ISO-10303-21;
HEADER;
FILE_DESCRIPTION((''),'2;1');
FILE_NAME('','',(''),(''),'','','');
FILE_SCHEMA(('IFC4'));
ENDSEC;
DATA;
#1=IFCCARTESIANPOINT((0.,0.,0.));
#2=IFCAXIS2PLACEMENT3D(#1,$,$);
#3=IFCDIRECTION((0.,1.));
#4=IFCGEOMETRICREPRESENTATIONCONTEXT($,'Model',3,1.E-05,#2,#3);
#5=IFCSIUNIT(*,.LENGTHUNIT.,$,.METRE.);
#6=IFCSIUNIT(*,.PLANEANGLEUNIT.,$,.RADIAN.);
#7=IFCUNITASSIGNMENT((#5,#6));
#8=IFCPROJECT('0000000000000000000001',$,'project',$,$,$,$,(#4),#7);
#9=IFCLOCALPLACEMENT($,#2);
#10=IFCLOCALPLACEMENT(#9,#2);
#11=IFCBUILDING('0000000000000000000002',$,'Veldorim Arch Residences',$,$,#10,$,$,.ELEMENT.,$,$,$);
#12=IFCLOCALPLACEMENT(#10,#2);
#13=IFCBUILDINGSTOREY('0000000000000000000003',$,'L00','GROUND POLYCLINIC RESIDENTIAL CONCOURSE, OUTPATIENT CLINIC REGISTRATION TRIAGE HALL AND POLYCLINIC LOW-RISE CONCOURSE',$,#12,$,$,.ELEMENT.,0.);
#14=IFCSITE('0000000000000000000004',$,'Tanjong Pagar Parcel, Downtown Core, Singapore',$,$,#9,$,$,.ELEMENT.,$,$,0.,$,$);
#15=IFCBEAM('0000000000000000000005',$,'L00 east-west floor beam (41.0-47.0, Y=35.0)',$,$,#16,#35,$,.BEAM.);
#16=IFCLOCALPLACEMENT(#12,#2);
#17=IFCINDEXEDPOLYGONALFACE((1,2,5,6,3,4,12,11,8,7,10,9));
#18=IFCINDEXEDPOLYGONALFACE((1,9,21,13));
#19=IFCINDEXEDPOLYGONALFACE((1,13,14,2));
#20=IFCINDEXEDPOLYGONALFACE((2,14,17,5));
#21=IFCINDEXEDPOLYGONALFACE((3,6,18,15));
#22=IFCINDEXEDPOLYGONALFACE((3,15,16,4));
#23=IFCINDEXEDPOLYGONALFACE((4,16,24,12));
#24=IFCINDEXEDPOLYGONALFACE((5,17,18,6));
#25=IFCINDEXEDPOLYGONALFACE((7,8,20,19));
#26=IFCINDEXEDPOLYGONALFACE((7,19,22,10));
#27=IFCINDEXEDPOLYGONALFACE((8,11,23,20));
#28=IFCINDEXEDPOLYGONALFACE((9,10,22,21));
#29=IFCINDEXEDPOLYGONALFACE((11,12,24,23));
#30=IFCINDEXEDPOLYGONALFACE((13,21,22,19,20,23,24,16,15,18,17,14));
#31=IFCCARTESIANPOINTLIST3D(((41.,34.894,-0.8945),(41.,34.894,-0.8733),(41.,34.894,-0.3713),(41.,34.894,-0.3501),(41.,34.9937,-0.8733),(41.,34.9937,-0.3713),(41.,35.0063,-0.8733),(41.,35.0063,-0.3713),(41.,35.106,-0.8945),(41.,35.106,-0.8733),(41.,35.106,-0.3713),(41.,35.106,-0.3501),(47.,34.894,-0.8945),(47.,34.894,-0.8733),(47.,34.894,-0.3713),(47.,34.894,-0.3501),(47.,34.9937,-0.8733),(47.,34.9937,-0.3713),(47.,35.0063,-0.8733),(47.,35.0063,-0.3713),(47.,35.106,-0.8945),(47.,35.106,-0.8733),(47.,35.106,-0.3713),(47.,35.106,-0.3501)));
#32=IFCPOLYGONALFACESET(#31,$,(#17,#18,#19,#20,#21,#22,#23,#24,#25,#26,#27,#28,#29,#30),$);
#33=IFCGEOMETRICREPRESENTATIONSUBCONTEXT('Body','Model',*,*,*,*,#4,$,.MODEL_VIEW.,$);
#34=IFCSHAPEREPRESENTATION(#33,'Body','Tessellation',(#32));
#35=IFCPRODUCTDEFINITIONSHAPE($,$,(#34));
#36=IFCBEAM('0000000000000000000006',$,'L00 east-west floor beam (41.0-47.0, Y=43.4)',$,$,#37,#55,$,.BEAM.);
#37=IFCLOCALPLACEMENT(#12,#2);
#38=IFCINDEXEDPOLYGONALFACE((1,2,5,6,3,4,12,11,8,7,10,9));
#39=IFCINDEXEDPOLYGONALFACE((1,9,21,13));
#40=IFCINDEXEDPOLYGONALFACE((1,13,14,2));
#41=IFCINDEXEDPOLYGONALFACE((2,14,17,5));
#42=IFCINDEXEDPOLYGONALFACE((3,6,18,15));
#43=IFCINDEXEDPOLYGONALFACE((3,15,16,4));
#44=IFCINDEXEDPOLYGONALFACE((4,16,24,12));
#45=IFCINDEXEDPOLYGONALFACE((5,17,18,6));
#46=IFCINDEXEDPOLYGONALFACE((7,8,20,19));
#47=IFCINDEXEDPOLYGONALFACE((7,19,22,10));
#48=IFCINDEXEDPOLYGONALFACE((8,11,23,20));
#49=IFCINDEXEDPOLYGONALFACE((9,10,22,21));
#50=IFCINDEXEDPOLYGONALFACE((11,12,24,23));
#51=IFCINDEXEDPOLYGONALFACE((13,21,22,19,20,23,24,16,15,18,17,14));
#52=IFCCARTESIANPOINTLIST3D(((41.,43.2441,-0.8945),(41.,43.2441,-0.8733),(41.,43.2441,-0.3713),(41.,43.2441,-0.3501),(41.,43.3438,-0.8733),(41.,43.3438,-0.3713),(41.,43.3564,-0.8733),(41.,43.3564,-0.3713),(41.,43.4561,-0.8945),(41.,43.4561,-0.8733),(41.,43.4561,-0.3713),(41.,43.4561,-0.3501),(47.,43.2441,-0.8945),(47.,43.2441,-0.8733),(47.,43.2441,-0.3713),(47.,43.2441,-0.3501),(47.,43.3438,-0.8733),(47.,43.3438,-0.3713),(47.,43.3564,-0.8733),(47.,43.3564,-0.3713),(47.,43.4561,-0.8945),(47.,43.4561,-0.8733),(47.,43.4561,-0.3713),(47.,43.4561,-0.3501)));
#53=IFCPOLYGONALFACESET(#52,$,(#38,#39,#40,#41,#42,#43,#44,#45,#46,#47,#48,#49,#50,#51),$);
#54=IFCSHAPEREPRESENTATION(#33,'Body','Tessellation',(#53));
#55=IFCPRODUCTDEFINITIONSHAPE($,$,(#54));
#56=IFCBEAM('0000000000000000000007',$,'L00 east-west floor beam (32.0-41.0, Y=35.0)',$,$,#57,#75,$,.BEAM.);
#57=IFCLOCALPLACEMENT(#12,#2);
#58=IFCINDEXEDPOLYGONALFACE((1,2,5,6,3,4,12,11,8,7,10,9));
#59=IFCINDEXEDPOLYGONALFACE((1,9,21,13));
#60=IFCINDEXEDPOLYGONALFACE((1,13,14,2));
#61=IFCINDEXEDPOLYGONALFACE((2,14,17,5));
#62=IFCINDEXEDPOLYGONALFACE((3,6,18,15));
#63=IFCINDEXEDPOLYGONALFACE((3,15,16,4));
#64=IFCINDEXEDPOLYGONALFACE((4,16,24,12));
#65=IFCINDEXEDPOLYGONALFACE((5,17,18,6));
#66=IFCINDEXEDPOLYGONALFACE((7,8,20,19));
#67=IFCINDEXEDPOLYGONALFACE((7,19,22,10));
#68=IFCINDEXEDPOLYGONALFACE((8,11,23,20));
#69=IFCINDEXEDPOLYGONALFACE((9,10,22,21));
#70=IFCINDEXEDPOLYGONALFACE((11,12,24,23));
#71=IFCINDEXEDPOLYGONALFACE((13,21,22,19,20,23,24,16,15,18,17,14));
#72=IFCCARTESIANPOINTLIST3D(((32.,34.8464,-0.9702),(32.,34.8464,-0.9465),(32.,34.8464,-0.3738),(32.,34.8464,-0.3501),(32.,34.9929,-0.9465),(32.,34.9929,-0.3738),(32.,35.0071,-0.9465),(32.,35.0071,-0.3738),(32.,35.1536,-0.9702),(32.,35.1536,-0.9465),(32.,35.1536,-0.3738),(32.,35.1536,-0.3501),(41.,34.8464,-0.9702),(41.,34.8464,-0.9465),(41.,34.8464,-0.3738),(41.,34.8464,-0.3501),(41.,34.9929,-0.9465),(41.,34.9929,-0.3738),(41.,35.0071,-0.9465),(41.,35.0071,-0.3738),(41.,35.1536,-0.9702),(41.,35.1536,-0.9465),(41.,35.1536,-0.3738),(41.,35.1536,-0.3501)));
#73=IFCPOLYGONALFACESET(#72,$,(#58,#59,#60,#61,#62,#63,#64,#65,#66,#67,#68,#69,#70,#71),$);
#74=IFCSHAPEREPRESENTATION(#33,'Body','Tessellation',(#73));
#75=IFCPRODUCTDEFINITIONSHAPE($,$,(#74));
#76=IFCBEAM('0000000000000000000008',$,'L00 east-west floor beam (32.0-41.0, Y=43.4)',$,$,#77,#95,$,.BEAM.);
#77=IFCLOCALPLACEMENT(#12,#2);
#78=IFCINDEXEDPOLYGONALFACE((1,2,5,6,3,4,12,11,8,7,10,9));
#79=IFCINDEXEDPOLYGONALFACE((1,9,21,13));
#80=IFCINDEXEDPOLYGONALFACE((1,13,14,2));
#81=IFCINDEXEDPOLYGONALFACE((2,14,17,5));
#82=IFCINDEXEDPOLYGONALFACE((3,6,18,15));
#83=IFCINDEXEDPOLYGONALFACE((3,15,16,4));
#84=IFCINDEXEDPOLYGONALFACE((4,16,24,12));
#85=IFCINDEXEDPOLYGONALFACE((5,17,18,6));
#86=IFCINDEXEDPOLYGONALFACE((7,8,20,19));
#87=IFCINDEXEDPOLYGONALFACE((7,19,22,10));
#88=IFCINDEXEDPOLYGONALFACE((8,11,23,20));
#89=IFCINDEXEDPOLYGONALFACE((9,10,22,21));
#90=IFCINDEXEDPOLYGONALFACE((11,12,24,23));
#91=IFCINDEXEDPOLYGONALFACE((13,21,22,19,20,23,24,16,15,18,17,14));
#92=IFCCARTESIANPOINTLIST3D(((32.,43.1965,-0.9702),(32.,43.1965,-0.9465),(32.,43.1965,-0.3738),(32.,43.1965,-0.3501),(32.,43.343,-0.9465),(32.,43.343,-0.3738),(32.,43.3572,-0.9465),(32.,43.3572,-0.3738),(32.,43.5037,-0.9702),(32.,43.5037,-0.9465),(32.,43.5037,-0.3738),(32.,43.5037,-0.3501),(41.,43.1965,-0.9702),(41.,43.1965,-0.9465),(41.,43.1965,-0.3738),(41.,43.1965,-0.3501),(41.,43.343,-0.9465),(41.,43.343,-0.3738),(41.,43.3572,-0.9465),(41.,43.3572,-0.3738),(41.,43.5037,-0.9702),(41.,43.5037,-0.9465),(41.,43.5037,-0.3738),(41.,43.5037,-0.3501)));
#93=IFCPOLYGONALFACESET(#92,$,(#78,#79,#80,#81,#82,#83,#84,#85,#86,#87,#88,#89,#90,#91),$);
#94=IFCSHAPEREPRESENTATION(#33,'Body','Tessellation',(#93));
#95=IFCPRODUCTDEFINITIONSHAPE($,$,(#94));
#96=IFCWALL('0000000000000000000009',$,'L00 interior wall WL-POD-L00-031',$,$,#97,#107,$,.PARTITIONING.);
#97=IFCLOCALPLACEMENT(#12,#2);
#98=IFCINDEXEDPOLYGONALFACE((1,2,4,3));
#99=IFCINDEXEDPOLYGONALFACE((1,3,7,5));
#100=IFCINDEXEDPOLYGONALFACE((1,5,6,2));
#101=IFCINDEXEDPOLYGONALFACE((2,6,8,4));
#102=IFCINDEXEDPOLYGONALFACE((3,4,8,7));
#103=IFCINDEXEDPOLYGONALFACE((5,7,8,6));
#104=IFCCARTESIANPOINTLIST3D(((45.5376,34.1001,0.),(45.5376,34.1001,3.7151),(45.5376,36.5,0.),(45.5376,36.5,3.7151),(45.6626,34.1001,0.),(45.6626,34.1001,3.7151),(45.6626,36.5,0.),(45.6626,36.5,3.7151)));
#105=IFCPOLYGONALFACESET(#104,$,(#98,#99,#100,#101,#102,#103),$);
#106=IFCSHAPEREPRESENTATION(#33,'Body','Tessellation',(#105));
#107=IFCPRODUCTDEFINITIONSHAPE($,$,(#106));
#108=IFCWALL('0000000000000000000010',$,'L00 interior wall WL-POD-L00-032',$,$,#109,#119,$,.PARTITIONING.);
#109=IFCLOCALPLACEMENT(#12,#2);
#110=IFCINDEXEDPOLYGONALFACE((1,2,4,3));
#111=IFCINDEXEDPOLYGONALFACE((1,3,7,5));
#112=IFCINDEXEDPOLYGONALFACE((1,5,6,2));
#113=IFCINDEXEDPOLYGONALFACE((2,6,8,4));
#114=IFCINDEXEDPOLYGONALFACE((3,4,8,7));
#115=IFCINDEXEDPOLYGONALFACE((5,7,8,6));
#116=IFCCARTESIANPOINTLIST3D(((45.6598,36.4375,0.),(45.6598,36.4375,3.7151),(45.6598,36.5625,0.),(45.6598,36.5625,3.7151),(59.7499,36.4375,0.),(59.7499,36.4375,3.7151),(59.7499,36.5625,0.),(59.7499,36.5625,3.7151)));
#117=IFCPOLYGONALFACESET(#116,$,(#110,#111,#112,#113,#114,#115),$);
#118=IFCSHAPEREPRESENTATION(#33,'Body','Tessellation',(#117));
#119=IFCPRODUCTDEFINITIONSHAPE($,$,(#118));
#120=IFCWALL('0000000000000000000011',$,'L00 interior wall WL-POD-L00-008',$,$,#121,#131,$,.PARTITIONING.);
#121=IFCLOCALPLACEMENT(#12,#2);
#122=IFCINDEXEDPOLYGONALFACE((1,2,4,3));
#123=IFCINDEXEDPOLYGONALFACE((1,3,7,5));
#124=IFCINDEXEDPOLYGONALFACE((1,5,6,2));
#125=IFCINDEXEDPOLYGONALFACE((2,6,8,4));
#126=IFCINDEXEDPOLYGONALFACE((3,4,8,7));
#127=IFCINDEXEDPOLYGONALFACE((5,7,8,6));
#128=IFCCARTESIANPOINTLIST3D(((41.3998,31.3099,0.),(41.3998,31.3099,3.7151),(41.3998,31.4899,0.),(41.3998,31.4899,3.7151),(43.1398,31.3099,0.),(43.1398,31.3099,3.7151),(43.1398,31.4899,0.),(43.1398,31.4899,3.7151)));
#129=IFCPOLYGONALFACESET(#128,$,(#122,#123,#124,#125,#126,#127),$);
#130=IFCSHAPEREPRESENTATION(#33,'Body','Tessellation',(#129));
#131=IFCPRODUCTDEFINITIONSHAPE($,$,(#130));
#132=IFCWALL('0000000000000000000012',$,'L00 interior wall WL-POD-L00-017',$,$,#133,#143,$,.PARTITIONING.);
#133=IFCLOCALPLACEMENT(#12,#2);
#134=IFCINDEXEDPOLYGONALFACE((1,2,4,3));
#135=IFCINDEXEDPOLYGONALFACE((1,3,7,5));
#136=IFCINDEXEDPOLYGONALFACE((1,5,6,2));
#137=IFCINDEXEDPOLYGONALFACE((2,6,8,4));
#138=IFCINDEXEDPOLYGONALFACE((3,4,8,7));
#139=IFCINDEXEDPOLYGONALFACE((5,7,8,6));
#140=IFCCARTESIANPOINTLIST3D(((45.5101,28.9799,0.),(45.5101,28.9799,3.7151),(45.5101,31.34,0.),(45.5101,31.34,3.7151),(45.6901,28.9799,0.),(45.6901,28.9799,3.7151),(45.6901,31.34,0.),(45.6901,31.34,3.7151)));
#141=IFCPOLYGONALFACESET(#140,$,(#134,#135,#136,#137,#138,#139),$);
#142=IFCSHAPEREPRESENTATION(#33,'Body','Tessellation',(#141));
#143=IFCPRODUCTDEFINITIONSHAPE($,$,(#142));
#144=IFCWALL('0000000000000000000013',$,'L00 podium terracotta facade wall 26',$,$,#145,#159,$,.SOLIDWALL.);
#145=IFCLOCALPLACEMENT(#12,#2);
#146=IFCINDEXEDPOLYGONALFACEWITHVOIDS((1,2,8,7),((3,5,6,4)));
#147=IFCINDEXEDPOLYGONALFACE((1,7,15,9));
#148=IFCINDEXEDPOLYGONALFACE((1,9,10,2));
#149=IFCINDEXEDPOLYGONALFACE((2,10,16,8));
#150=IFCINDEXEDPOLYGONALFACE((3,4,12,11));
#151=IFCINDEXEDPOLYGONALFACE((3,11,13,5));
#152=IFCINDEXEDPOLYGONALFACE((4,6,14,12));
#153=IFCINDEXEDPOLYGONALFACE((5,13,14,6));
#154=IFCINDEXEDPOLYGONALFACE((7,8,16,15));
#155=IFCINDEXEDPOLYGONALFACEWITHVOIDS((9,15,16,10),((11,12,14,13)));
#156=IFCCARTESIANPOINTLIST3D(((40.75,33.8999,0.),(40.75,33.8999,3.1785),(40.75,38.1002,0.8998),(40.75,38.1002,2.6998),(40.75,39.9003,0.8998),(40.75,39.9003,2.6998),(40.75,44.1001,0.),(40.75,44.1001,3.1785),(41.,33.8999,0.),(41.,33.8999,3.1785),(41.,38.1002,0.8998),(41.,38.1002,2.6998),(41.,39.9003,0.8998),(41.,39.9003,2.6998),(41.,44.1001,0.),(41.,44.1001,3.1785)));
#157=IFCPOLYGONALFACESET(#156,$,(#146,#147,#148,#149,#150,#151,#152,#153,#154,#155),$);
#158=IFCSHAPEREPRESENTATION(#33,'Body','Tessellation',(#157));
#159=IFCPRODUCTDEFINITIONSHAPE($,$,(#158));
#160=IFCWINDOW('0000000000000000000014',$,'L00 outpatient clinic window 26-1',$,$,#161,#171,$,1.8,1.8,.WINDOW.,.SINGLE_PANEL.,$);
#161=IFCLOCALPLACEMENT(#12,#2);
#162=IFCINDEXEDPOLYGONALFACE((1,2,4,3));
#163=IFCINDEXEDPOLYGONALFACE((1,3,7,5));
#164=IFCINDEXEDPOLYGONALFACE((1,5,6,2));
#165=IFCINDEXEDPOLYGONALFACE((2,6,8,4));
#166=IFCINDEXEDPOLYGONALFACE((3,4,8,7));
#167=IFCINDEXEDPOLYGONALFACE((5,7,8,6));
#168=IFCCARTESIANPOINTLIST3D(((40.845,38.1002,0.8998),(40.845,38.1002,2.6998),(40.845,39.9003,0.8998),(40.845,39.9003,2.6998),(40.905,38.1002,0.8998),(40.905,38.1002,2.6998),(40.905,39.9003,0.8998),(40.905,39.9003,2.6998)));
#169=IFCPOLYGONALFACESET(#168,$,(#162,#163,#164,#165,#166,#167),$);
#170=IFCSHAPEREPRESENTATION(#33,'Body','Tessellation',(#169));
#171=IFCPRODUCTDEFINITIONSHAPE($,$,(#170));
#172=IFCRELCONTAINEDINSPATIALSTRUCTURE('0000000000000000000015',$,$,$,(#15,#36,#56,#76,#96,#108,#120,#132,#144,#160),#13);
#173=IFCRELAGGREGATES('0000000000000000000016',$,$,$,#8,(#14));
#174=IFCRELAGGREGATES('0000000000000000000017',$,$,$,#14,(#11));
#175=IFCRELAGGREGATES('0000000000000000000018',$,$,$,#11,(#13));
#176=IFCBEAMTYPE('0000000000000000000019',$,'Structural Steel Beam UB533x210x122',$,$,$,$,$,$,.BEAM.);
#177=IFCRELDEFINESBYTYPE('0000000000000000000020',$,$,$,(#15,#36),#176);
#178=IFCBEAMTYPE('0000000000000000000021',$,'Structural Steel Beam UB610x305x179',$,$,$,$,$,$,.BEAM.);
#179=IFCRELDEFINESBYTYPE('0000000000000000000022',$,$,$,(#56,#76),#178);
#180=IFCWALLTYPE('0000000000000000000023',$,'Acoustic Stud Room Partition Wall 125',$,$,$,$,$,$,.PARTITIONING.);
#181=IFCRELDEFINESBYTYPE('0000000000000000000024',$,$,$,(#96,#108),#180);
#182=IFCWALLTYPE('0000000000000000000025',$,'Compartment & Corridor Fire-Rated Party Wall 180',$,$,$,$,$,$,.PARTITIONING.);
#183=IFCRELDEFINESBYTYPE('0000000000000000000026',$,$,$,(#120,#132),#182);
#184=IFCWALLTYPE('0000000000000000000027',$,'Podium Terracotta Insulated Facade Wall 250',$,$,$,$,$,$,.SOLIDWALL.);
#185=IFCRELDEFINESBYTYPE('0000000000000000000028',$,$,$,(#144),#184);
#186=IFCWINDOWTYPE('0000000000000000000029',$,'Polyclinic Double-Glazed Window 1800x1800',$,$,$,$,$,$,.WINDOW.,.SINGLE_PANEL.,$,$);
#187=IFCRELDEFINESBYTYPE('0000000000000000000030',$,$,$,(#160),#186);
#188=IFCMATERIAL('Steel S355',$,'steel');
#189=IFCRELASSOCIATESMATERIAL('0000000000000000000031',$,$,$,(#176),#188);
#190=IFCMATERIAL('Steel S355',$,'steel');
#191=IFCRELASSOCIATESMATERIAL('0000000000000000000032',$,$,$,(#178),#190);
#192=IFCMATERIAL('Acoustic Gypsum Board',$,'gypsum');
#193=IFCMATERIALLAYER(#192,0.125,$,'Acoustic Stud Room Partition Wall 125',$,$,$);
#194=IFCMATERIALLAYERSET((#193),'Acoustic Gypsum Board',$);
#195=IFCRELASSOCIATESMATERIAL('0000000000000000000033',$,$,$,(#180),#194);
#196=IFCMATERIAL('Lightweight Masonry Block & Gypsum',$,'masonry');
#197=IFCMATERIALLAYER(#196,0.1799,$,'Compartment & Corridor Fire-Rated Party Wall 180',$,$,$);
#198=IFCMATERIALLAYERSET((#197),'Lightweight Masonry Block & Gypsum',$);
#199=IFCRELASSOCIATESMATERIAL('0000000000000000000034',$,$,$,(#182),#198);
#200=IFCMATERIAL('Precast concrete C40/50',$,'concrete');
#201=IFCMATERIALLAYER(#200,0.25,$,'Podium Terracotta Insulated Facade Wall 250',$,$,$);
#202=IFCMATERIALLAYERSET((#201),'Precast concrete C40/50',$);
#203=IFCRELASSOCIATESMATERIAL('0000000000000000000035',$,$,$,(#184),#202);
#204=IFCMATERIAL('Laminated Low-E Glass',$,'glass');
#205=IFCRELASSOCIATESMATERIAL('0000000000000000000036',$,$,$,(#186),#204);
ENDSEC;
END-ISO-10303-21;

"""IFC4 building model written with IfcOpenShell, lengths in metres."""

from ifc_helpers import new_model, si_unit, direction, frame, frame_2d, origin, origin_2d, place, context, subcontext, project, spatial, rectangle, i_section, extrude, material, layer, layer_set, material_profile, profile_set, type_object, element, fill, save


model = new_model("IFC4")

# Units and contexts
model_context = context("Model", 3, precision=1e-05, world=origin(), true_north=direction((0.0, 1.0)))
body_context = subcontext(model_context, "Body", "Model", "MODEL_VIEW")
ifc_project = project(units=[si_unit("LENGTHUNIT", "METRE"), si_unit("PLANEANGLEUNIT", "RADIAN")], contexts=[model_context])

# Site, building, storey
site_placement = place(None, origin())
site = spatial("IfcSite", under=ifc_project, at=site_placement, Name="Tanjong Pagar Parcel, Downtown Core, Singapore", CompositionType="ELEMENT", RefElevation=0.0)
building_placement = place(site_placement, origin())
building = spatial("IfcBuilding", under=site, at=building_placement, Name="Veldorim Arch Residences", CompositionType="ELEMENT")
storey_placement = place(building_placement, origin())
storey = spatial("IfcBuildingStorey", under=building, at=storey_placement, Name="L00", Description="GROUND POLYCLINIC RESIDENTIAL CONCOURSE, OUTPATIENT CLINIC REGISTRATION TRIAGE HALL AND POLYCLINIC LOW-RISE CONCOURSE", CompositionType="ELEMENT", Elevation=0.0)

# Beams
ifc_material_1 = material(Name="Steel S355", Category="steel")
ifc_material_profile_1 = material_profile(ifc_material_1, i_section(OverallWidth=0.2119, OverallDepth=0.5444, WebThickness=0.0127, FlangeThickness=0.0212, at=origin_2d()), Name="UB533x210x122")
ifc_profile_set_1 = profile_set([ifc_material_profile_1], Name="Steel S355")
beam_type_1 = type_object("IfcBeamType", Name="Structural Steel Beam UB533x210x122", PredefinedType="BEAM", material=ifc_profile_set_1)
for number, where, z_axis, x_axis, name in (
    (1, (41.0, 35.0, -0.6223), (1.0, 0.0, 0.0), (0.0, 1.0, 0.0), "L00 east-west floor beam (41.0-47.0, Y=35.0)"),
    (2, (41.0, 43.3501, -0.6223), (1.0, 0.0, 0.0), (0.0, 1.0, 0.0), "L00 east-west floor beam (41.0-47.0, Y=43.4)"),
):
    element("IfcBeam", number, at=place(storey_placement, frame(where, z_axis=z_axis, x_axis=x_axis)), inside=storey, type_object=beam_type_1, Name=name, PredefinedType="BEAM", context=body_context, shape_type="SweptSolid", body=[
        extrude(i_section(OverallWidth=0.2119, OverallDepth=0.5444, WebThickness=0.0127, FlangeThickness=0.0212, at=origin_2d()), origin(), (0.0, 0.0, 1.0), 6.0),
    ])
ifc_material_2 = material(Name="Steel S355", Category="steel")
ifc_material_profile_2 = material_profile(ifc_material_2, i_section(OverallWidth=0.3071, OverallDepth=0.6201, WebThickness=0.0142, FlangeThickness=0.0237, at=origin_2d()), Name="UB610x305x179")
ifc_profile_set_2 = profile_set([ifc_material_profile_2], Name="Steel S355")
beam_type_2 = type_object("IfcBeamType", Name="Structural Steel Beam UB610x305x179", PredefinedType="BEAM", material=ifc_profile_set_2)
for number, where, z_axis, x_axis, name in (
    (3, (32.0, 35.0, -0.6602), (1.0, 0.0, 0.0), (0.0, 1.0, 0.0), "L00 east-west floor beam (32.0-41.0, Y=35.0)"),
    (4, (32.0, 43.3501, -0.6602), (1.0, 0.0, 0.0), (0.0, 1.0, 0.0), "L00 east-west floor beam (32.0-41.0, Y=43.4)"),
):
    element("IfcBeam", number, at=place(storey_placement, frame(where, z_axis=z_axis, x_axis=x_axis)), inside=storey, type_object=beam_type_2, Name=name, PredefinedType="BEAM", context=body_context, shape_type="SweptSolid", body=[
        extrude(i_section(OverallWidth=0.3071, OverallDepth=0.6201, WebThickness=0.0142, FlangeThickness=0.0237, at=origin_2d()), origin(), (0.0, 0.0, 1.0), 9.0),
    ])

# Walls
ifc_material_3 = material(Name="Acoustic Gypsum Board", Category="gypsum")
ifc_layer_1 = layer(ifc_material_3, 0.125, Name="Acoustic Stud Room Partition Wall 125")
ifc_layer_set_1 = layer_set([ifc_layer_1], Name="Acoustic Gypsum Board")
wall_type_1 = type_object("IfcWallType", Name="Acoustic Stud Room Partition Wall 125", PredefinedType="PARTITIONING", material=ifc_layer_set_1)
wall_1_placement = place(storey_placement, frame((45.6001, 34.1001, 0.0), z_axis=(0.0, 0.0, 1.0), x_axis=(0.0, 1.0, 0.0)))
element("IfcWall", 5, at=wall_1_placement, inside=storey, type_object=wall_type_1, Name="L00 interior wall WL-POD-L00-031", PredefinedType="PARTITIONING", context=body_context, shape_type="SweptSolid", body=[
    extrude(rectangle(XDim=2.3999, YDim=0.125, at=frame_2d((1.2, 0.0))), origin(), (0.0, 0.0, 1.0), 3.7151),
])
wall_2_placement = place(storey_placement, frame((45.6599, 36.5, 0.0), z_axis=(0.0, 0.0, 1.0), x_axis=(1.0, 0.0, 0.0)))
element("IfcWall", 6, at=wall_2_placement, inside=storey, type_object=wall_type_1, Name="L00 interior wall WL-POD-L00-032", PredefinedType="PARTITIONING", context=body_context, shape_type="SweptSolid", body=[
    extrude(rectangle(XDim=14.0901, YDim=0.125, at=frame_2d((7.0449, 0.0))), origin(), (0.0, 0.0, 1.0), 3.7151),
])

# Shared definitions
ifc_material_4 = material(Name="Lightweight Masonry Block & Gypsum", Category="masonry")
ifc_layer_2 = layer(ifc_material_4, 0.1799, Name="Compartment & Corridor Fire-Rated Party Wall 180")
ifc_layer_set_2 = layer_set([ifc_layer_2], Name="Lightweight Masonry Block & Gypsum")
wall_type_2 = type_object("IfcWallType", Name="Compartment & Corridor Fire-Rated Party Wall 180", PredefinedType="PARTITIONING", material=ifc_layer_set_2)

# Wall
wall_3_placement = place(storey_placement, frame((43.1399, 31.3999, 0.0), z_axis=(0.0, 0.0, 1.0), x_axis=(-1.0, 0.0, 0.0)))
element("IfcWall", 7, at=wall_3_placement, inside=storey, type_object=wall_type_2, Name="L00 interior wall WL-POD-L00-008", PredefinedType="PARTITIONING", context=body_context, shape_type="SweptSolid", body=[
    extrude(rectangle(XDim=1.74, YDim=0.1799, at=frame_2d((0.8701, 0.0))), origin(), (0.0, 0.0, 1.0), 3.7151),
])

# Wall
wall_4_placement = place(storey_placement, frame((45.6001, 31.3401, 0.0), z_axis=(0.0, 0.0, 1.0), x_axis=(0.0, -1.0, 0.0)))
element("IfcWall", 8, at=wall_4_placement, inside=storey, type_object=wall_type_2, Name="L00 interior wall WL-POD-L00-017", PredefinedType="PARTITIONING", context=body_context, shape_type="SweptSolid", body=[
    extrude(rectangle(XDim=2.3601, YDim=0.1799, at=frame_2d((1.1802, 0.0))), origin(), (0.0, 0.0, 1.0), 3.7151),
])

# Wall, opening, window
ifc_material_5 = material(Name="Precast concrete C40/50", Category="concrete")
ifc_layer_3 = layer(ifc_material_5, 0.25, Name="Podium Terracotta Insulated Facade Wall 250")
ifc_layer_set_3 = layer_set([ifc_layer_3], Name="Precast concrete C40/50")
wall_type_3 = type_object("IfcWallType", Name="Podium Terracotta Insulated Facade Wall 250", PredefinedType="SOLIDWALL", material=ifc_layer_set_3)
wall_5_placement = place(storey_placement, frame((40.875, 44.1001, 0.0), z_axis=(0.0, 0.0, 1.0), x_axis=(0.0, -1.0, 0.0)))
wall_5 = element("IfcWall", 9, at=wall_5_placement, inside=storey, type_object=wall_type_3, Name="L00 podium terracotta facade wall 26", PredefinedType="SOLIDWALL", context=body_context, shape_type="SweptSolid", body=[
    extrude(rectangle(XDim=10.2002, YDim=0.25, at=frame_2d((5.1001, 0.0))), origin(), (0.0, 0.0, 1.0), 3.1785),
])
opening_1_placement = place(wall_5_placement, frame((4.2, 0.0, 0.8999)))
opening_1 = element("IfcOpeningElement", 10, at=opening_1_placement, cuts=wall_5, PredefinedType="OPENING", context=body_context, shape_type="SweptSolid", body=[
    extrude(rectangle(XDim=1.8, YDim=1.8, at=frame_2d((0.8999, 0.8999))), frame((0.0, 0.135, 0.0), z_axis=(0.0, -1.0, 0.0), x_axis=(1.0, 0.0, 0.0)), (0.0, 0.0, 1.0), 0.27),
])
ifc_material_6 = material(Name="Laminated Low-E Glass", Category="glass")
window_type = type_object("IfcWindowType", Name="Polyclinic Double-Glazed Window 1800x1800", PartitioningType="SINGLE_PANEL", PredefinedType="WINDOW", material=ifc_material_6)
window_1_placement = place(opening_1_placement, origin())
window_1 = element("IfcWindow", 11, at=window_1_placement, inside=storey, type_object=window_type, Name="L00 outpatient clinic window 26-1", OverallHeight=1.8, OverallWidth=1.8, PartitioningType="SINGLE_PANEL", PredefinedType="WINDOW", context=body_context, shape_type="SweptSolid", body=[
    extrude(rectangle(XDim=1.8, YDim=1.8, at=frame_2d((0.8999, 0.8999))), frame((0.0, 0.03, 0.0), z_axis=(0.0, -1.0, 0.0), x_axis=(1.0, 0.0, 0.0)), (0.0, 0.0, 1.0), 0.0601),
])
fill(opening_1, window_1)

save(model, "model.ifc")
